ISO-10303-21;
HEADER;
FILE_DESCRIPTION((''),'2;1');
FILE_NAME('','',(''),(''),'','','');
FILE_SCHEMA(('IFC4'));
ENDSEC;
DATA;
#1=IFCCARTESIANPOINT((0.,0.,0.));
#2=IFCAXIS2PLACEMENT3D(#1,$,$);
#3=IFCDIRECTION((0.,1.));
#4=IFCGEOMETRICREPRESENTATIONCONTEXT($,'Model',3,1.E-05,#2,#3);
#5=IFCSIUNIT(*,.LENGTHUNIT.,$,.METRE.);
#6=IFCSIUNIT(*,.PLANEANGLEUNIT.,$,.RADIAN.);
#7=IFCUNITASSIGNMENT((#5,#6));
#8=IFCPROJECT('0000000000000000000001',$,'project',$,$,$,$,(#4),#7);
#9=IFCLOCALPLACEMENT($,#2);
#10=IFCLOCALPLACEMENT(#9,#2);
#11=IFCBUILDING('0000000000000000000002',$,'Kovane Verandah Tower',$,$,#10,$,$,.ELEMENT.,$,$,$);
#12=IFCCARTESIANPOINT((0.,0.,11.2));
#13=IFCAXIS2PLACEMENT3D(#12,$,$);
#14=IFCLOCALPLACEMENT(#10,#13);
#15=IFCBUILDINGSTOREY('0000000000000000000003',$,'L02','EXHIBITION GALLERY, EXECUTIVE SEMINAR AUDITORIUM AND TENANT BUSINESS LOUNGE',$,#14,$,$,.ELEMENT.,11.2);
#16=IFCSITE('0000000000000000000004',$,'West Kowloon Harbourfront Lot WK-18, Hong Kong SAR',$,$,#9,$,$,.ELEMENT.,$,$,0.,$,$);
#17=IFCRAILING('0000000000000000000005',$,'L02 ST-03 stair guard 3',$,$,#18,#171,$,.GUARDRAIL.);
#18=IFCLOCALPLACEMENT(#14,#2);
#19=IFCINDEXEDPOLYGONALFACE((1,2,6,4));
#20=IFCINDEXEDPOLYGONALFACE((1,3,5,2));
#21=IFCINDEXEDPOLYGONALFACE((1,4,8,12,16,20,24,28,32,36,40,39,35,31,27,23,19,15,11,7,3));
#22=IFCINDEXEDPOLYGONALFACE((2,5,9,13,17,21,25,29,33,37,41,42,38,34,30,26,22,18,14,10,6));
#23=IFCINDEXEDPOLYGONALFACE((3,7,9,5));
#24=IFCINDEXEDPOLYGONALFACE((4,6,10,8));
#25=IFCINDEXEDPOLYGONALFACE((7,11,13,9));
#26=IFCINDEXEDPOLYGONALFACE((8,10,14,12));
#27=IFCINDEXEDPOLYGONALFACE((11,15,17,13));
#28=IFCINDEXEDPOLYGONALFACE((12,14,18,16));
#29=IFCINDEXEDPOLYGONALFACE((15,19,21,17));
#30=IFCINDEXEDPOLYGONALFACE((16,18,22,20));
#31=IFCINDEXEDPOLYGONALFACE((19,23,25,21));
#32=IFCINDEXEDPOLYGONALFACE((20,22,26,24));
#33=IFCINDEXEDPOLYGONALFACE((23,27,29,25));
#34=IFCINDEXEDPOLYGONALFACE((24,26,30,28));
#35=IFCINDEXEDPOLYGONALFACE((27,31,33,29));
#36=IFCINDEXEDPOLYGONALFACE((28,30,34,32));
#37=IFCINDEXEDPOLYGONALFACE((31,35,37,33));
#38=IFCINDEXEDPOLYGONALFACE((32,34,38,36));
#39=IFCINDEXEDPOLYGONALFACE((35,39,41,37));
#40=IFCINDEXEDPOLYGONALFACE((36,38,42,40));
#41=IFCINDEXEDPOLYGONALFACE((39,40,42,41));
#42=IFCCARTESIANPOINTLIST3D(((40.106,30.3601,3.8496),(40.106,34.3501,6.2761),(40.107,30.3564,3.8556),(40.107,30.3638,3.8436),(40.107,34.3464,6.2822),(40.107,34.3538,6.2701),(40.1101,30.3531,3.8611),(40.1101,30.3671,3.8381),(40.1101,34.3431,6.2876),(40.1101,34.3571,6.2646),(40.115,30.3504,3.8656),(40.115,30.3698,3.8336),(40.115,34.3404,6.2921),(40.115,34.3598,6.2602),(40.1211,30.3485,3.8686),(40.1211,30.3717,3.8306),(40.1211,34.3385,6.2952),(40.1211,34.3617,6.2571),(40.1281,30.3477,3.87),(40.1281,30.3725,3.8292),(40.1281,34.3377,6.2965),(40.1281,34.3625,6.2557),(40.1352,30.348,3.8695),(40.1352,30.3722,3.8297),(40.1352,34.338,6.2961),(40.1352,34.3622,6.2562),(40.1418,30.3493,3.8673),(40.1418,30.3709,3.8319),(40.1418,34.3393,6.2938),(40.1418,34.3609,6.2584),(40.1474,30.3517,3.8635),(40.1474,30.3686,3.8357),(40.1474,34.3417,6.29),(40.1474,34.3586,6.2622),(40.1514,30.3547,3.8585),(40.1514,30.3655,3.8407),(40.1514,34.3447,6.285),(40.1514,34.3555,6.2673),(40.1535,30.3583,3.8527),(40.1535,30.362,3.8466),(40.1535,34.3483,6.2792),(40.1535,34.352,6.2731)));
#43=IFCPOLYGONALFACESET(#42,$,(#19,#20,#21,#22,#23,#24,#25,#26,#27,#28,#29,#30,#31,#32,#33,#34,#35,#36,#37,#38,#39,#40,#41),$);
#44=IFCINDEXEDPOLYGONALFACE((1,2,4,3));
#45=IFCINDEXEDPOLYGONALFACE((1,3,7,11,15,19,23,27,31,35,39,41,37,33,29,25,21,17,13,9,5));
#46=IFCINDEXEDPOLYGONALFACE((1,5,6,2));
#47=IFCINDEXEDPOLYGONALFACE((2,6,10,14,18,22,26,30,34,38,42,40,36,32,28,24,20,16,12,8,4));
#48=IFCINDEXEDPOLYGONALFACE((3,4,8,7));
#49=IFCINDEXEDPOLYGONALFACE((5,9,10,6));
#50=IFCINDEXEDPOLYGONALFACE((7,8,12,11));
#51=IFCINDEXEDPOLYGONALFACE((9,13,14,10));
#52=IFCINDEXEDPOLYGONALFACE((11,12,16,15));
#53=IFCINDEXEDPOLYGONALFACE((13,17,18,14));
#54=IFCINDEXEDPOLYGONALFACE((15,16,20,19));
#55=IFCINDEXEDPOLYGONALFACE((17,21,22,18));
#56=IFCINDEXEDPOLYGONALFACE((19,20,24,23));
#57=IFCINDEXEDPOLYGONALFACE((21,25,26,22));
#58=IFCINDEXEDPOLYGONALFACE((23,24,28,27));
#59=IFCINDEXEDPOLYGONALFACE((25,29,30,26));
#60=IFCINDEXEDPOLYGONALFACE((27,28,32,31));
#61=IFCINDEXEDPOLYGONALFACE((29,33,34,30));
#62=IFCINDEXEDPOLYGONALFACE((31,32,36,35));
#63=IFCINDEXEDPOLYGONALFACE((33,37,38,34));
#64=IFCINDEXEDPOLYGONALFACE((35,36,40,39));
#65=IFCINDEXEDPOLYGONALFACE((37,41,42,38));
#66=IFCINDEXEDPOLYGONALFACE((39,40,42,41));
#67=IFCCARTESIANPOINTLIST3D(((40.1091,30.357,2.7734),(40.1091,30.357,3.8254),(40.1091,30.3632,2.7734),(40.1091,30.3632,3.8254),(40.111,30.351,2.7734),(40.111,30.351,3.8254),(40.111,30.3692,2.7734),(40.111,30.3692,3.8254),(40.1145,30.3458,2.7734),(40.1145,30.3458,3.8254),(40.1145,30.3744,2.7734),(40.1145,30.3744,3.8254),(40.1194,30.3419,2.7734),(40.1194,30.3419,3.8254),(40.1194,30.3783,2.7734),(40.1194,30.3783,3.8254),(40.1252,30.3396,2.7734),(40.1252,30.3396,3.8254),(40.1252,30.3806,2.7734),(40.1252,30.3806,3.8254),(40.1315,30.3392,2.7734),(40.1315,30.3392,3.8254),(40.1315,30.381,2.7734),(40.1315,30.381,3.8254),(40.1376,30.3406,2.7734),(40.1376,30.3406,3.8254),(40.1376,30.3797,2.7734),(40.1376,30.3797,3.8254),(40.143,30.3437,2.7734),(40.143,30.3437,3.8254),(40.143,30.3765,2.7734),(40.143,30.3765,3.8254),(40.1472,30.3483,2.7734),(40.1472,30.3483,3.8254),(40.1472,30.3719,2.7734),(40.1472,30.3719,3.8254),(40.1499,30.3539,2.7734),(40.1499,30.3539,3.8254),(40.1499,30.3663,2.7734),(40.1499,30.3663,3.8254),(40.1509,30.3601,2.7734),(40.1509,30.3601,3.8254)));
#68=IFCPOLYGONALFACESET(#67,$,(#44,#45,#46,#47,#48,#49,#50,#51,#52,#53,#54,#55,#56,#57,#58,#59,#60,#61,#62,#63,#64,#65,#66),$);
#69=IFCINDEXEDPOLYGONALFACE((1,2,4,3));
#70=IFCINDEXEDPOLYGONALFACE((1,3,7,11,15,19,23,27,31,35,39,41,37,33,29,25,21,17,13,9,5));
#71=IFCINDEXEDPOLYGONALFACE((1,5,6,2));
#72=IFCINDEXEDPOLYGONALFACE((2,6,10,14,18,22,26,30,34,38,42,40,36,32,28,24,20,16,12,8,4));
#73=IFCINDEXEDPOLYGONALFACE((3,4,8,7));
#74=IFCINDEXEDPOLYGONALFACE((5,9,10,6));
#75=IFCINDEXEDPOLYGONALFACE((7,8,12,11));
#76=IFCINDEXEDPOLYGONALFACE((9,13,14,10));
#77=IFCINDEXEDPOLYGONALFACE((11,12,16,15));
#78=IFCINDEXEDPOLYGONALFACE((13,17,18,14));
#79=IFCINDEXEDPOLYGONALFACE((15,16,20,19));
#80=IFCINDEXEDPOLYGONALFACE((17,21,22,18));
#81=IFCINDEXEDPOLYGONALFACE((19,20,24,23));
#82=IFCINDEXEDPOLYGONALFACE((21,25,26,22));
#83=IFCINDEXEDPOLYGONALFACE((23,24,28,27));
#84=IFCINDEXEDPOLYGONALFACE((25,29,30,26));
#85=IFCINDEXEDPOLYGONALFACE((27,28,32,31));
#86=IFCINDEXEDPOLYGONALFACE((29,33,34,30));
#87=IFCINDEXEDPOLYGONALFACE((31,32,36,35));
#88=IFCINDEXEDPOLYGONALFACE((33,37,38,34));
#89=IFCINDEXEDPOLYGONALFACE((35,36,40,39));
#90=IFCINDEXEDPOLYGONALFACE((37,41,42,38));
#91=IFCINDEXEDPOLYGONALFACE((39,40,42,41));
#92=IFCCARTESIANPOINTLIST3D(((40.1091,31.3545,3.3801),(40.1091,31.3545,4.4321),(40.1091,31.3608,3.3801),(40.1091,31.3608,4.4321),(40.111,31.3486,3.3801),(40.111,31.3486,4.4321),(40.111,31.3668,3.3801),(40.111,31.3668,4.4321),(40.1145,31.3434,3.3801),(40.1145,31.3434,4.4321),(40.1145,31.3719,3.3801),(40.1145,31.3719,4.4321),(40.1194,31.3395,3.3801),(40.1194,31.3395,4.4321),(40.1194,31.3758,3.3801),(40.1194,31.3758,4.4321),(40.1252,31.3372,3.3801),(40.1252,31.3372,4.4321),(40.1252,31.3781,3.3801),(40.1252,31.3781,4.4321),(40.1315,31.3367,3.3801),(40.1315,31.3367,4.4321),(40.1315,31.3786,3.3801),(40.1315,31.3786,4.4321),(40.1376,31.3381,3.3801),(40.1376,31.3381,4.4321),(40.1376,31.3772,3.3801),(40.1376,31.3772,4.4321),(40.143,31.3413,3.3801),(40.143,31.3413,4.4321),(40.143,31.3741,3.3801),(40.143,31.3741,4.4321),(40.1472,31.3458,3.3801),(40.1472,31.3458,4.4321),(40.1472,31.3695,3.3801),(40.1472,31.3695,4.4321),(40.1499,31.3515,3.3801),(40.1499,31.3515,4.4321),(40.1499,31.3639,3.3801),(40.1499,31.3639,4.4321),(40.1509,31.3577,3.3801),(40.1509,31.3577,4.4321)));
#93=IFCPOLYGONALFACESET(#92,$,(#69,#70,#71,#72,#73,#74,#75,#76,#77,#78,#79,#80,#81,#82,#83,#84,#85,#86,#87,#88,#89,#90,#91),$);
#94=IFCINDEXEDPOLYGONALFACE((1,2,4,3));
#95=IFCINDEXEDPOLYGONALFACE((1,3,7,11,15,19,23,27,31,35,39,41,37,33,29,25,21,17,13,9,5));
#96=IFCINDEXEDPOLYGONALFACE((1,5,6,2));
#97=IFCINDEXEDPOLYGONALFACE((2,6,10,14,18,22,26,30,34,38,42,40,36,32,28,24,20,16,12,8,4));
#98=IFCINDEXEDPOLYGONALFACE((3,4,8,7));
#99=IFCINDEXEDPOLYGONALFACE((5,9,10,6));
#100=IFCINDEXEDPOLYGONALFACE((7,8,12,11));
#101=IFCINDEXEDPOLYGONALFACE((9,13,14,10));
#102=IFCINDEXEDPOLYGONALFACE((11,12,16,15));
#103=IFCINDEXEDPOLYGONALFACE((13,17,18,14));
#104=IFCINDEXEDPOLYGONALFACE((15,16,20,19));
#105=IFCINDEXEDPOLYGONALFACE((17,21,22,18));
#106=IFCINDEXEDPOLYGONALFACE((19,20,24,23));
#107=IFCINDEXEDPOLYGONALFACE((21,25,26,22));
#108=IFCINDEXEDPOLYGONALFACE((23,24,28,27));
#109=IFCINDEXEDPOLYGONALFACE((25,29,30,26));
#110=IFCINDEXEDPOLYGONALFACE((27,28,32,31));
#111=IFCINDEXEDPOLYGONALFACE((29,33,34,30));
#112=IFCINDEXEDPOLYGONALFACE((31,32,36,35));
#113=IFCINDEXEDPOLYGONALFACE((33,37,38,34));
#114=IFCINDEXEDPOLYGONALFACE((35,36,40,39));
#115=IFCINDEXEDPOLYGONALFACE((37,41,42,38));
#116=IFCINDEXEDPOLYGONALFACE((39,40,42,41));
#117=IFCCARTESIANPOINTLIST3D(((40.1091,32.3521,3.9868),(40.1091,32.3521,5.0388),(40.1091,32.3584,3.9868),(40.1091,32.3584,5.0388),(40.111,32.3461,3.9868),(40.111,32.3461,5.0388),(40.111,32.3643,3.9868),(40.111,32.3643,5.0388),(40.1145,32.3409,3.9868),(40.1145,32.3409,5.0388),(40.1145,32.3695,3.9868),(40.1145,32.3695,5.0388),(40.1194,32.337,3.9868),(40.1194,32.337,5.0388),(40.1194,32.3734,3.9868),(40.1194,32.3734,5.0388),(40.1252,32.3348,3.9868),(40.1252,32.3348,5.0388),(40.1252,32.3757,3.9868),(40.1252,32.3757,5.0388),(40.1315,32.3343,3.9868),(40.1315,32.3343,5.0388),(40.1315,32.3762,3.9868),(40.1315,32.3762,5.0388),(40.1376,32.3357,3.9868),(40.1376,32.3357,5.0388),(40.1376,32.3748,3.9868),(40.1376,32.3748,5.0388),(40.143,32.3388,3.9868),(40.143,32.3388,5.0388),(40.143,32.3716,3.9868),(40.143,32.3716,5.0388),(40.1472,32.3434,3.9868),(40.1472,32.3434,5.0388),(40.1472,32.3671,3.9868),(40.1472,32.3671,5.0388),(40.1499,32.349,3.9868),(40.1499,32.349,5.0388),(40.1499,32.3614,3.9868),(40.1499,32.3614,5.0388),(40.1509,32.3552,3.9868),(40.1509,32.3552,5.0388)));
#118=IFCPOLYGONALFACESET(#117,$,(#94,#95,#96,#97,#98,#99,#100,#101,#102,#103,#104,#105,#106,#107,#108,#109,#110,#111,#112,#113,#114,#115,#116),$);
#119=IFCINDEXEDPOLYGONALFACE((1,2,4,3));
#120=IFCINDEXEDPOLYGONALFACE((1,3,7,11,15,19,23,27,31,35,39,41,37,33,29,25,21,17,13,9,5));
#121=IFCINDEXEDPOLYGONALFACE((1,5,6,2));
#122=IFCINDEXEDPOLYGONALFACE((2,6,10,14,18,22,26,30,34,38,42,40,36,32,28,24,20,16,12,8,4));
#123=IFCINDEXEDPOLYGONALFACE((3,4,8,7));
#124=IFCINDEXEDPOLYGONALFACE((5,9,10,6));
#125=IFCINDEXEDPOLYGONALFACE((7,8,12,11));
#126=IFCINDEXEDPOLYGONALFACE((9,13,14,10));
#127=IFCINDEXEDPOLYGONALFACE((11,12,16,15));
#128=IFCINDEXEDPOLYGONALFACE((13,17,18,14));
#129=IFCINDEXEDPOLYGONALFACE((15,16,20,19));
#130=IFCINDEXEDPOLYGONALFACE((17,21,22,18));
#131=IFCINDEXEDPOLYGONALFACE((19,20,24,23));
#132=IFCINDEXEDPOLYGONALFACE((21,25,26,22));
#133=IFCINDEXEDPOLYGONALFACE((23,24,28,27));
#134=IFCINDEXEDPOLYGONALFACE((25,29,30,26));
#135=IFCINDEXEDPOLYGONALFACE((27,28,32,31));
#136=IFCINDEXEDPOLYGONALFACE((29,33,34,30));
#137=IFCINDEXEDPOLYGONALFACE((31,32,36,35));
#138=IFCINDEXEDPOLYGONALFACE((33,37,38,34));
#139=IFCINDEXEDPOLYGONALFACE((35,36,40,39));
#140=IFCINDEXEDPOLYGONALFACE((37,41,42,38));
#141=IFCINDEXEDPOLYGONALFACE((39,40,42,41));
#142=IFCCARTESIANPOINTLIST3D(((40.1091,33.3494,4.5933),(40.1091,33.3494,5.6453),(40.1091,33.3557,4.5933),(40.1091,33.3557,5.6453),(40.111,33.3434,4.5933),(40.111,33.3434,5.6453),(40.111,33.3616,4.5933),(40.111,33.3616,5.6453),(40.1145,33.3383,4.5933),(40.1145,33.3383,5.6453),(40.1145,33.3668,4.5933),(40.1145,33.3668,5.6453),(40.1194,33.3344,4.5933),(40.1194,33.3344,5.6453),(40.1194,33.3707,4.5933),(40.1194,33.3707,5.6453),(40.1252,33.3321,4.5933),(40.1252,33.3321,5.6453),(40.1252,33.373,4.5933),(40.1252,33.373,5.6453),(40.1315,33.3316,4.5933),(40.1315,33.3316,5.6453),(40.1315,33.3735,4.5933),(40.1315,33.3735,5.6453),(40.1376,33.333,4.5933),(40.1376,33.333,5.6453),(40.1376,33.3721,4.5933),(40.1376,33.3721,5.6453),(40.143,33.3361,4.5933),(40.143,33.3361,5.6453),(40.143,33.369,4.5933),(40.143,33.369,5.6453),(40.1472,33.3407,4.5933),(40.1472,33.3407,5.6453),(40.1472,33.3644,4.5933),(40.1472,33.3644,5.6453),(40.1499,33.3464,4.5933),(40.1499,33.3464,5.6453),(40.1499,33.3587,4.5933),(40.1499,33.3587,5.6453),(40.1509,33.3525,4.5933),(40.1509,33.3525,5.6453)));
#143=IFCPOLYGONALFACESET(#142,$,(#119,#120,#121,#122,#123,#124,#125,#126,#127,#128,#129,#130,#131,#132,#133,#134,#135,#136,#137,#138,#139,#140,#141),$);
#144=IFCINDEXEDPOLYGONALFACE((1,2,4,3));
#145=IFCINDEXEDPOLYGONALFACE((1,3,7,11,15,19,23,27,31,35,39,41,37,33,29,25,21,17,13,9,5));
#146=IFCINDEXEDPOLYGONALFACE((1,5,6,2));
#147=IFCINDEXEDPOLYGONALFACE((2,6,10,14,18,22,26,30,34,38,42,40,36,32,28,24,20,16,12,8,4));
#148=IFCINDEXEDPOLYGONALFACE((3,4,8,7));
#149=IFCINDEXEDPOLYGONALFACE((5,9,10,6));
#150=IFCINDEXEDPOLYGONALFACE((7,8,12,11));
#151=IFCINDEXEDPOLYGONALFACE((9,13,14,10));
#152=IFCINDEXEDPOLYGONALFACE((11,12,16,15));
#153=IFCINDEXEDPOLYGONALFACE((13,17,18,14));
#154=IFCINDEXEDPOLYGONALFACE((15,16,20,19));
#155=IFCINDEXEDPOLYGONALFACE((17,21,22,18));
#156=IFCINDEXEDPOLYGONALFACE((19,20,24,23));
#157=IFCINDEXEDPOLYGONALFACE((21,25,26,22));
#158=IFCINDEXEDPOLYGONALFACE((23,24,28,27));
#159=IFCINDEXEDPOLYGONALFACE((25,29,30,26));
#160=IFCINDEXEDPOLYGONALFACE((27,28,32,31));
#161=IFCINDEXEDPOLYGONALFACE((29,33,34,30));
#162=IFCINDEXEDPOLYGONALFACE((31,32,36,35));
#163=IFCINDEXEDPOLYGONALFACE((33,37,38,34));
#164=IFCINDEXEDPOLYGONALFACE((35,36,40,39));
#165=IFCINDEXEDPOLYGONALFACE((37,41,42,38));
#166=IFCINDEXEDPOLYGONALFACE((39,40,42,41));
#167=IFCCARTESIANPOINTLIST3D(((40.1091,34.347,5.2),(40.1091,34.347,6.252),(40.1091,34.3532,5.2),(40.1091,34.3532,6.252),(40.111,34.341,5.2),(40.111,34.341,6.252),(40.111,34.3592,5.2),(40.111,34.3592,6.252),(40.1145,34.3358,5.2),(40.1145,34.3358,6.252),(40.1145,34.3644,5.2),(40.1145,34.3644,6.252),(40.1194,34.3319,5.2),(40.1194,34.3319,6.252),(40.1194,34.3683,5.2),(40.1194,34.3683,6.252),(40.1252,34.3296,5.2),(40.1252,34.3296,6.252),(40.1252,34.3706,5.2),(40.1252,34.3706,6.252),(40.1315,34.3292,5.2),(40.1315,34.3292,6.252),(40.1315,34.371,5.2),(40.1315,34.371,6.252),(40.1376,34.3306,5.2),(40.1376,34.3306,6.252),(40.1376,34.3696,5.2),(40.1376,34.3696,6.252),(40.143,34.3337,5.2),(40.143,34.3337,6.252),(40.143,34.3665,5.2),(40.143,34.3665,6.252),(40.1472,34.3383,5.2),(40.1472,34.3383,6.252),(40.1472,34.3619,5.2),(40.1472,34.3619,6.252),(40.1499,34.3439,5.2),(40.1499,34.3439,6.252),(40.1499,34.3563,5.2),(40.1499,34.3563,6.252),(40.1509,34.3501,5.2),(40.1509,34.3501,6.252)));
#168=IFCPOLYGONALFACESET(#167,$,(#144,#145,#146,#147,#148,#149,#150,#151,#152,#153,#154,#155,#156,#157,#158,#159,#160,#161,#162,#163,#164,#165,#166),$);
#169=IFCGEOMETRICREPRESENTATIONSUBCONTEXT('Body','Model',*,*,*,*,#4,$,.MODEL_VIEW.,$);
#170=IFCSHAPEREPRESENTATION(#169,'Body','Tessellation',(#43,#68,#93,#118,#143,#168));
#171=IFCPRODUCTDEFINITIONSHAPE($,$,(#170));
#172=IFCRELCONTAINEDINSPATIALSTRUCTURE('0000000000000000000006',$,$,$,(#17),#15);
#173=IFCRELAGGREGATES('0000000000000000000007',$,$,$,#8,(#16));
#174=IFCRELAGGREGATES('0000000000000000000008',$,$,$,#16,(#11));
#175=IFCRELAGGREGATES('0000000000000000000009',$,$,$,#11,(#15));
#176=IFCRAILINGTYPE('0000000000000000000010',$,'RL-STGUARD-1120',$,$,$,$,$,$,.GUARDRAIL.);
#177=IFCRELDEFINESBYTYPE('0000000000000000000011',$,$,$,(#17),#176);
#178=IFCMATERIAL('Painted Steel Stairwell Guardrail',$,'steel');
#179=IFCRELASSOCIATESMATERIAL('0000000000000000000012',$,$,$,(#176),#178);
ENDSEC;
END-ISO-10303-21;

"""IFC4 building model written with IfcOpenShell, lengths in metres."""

from ifc_helpers import new_model, si_unit, direction, frame, origin, origin_2d, place, context, subcontext, project, spatial, circle, extrude, material, type_object, element, save


model = new_model("IFC4")

# Units and contexts
model_context = context("Model", 3, precision=1e-05, world=origin(), true_north=direction((0.0, 1.0)))
body_context = subcontext(model_context, "Body", "Model", "MODEL_VIEW")
ifc_project = project(units=[si_unit("LENGTHUNIT", "METRE"), si_unit("PLANEANGLEUNIT", "RADIAN")], contexts=[model_context])

# Site, building, storey
site_placement = place(None, origin())
site = spatial("IfcSite", under=ifc_project, at=site_placement, Name="West Kowloon Harbourfront Lot WK-18, Hong Kong SAR", CompositionType="ELEMENT", RefElevation=0.0)
building_placement = place(site_placement, origin())
building = spatial("IfcBuilding", under=site, at=building_placement, Name="Kovane Verandah Tower", CompositionType="ELEMENT")
storey_placement = place(building_placement, frame((0.0, 0.0, 11.2)))
storey = spatial("IfcBuildingStorey", under=building, at=storey_placement, Name="L02", Description="EXHIBITION GALLERY, EXECUTIVE SEMINAR AUDITORIUM AND TENANT BUSINESS LOUNGE", CompositionType="ELEMENT", Elevation=11.2)

# Railing
ifc_material_1 = material(Name="Painted Steel Stairwell Guardrail", Category="steel")
railing_type_1 = type_object("IfcRailingType", Name="RL-STGUARD-1120", PredefinedType="GUARDRAIL", material=ifc_material_1)
railing_1_placement = place(storey_placement, frame((40.1299, 30.3601, 2.7734)))
element("IfcRailing", 1, at=railing_1_placement, inside=storey, type_object=railing_type_1, Name="L02 ST-03 stair guard 3", PredefinedType="GUARDRAIL", context=body_context, shape_type="SweptSolid", body=[
    extrude(circle(Radius=0.0239, at=origin_2d()), frame((0.0, 0.0, 1.0762), z_axis=(0.0, 0.854405, 0.519607), x_axis=(-1.0, 0.0, 0.0)), (0.0, 0.0, 1.0), 4.6699),
    extrude(circle(Radius=0.021, at=origin_2d()), origin(), (0.0, 0.0, 1.0), 1.052),
    extrude(circle(Radius=0.021, at=origin_2d()), frame((0.0, 0.9976, 0.6067)), (0.0, 0.0, 1.0), 1.052),
    extrude(circle(Radius=0.021, at=origin_2d()), frame((0.0, 1.9951, 1.2134)), (0.0, 0.0, 1.0), 1.052),
    extrude(circle(Radius=0.021, at=origin_2d()), frame((0.0, 2.9924, 1.8198)), (0.0, 0.0, 1.0), 1.052),
    extrude(circle(Radius=0.021, at=origin_2d()), frame((0.0, 3.99, 2.4265)), (0.0, 0.0, 1.0), 1.052),
])

save(model, "model.ifc")
